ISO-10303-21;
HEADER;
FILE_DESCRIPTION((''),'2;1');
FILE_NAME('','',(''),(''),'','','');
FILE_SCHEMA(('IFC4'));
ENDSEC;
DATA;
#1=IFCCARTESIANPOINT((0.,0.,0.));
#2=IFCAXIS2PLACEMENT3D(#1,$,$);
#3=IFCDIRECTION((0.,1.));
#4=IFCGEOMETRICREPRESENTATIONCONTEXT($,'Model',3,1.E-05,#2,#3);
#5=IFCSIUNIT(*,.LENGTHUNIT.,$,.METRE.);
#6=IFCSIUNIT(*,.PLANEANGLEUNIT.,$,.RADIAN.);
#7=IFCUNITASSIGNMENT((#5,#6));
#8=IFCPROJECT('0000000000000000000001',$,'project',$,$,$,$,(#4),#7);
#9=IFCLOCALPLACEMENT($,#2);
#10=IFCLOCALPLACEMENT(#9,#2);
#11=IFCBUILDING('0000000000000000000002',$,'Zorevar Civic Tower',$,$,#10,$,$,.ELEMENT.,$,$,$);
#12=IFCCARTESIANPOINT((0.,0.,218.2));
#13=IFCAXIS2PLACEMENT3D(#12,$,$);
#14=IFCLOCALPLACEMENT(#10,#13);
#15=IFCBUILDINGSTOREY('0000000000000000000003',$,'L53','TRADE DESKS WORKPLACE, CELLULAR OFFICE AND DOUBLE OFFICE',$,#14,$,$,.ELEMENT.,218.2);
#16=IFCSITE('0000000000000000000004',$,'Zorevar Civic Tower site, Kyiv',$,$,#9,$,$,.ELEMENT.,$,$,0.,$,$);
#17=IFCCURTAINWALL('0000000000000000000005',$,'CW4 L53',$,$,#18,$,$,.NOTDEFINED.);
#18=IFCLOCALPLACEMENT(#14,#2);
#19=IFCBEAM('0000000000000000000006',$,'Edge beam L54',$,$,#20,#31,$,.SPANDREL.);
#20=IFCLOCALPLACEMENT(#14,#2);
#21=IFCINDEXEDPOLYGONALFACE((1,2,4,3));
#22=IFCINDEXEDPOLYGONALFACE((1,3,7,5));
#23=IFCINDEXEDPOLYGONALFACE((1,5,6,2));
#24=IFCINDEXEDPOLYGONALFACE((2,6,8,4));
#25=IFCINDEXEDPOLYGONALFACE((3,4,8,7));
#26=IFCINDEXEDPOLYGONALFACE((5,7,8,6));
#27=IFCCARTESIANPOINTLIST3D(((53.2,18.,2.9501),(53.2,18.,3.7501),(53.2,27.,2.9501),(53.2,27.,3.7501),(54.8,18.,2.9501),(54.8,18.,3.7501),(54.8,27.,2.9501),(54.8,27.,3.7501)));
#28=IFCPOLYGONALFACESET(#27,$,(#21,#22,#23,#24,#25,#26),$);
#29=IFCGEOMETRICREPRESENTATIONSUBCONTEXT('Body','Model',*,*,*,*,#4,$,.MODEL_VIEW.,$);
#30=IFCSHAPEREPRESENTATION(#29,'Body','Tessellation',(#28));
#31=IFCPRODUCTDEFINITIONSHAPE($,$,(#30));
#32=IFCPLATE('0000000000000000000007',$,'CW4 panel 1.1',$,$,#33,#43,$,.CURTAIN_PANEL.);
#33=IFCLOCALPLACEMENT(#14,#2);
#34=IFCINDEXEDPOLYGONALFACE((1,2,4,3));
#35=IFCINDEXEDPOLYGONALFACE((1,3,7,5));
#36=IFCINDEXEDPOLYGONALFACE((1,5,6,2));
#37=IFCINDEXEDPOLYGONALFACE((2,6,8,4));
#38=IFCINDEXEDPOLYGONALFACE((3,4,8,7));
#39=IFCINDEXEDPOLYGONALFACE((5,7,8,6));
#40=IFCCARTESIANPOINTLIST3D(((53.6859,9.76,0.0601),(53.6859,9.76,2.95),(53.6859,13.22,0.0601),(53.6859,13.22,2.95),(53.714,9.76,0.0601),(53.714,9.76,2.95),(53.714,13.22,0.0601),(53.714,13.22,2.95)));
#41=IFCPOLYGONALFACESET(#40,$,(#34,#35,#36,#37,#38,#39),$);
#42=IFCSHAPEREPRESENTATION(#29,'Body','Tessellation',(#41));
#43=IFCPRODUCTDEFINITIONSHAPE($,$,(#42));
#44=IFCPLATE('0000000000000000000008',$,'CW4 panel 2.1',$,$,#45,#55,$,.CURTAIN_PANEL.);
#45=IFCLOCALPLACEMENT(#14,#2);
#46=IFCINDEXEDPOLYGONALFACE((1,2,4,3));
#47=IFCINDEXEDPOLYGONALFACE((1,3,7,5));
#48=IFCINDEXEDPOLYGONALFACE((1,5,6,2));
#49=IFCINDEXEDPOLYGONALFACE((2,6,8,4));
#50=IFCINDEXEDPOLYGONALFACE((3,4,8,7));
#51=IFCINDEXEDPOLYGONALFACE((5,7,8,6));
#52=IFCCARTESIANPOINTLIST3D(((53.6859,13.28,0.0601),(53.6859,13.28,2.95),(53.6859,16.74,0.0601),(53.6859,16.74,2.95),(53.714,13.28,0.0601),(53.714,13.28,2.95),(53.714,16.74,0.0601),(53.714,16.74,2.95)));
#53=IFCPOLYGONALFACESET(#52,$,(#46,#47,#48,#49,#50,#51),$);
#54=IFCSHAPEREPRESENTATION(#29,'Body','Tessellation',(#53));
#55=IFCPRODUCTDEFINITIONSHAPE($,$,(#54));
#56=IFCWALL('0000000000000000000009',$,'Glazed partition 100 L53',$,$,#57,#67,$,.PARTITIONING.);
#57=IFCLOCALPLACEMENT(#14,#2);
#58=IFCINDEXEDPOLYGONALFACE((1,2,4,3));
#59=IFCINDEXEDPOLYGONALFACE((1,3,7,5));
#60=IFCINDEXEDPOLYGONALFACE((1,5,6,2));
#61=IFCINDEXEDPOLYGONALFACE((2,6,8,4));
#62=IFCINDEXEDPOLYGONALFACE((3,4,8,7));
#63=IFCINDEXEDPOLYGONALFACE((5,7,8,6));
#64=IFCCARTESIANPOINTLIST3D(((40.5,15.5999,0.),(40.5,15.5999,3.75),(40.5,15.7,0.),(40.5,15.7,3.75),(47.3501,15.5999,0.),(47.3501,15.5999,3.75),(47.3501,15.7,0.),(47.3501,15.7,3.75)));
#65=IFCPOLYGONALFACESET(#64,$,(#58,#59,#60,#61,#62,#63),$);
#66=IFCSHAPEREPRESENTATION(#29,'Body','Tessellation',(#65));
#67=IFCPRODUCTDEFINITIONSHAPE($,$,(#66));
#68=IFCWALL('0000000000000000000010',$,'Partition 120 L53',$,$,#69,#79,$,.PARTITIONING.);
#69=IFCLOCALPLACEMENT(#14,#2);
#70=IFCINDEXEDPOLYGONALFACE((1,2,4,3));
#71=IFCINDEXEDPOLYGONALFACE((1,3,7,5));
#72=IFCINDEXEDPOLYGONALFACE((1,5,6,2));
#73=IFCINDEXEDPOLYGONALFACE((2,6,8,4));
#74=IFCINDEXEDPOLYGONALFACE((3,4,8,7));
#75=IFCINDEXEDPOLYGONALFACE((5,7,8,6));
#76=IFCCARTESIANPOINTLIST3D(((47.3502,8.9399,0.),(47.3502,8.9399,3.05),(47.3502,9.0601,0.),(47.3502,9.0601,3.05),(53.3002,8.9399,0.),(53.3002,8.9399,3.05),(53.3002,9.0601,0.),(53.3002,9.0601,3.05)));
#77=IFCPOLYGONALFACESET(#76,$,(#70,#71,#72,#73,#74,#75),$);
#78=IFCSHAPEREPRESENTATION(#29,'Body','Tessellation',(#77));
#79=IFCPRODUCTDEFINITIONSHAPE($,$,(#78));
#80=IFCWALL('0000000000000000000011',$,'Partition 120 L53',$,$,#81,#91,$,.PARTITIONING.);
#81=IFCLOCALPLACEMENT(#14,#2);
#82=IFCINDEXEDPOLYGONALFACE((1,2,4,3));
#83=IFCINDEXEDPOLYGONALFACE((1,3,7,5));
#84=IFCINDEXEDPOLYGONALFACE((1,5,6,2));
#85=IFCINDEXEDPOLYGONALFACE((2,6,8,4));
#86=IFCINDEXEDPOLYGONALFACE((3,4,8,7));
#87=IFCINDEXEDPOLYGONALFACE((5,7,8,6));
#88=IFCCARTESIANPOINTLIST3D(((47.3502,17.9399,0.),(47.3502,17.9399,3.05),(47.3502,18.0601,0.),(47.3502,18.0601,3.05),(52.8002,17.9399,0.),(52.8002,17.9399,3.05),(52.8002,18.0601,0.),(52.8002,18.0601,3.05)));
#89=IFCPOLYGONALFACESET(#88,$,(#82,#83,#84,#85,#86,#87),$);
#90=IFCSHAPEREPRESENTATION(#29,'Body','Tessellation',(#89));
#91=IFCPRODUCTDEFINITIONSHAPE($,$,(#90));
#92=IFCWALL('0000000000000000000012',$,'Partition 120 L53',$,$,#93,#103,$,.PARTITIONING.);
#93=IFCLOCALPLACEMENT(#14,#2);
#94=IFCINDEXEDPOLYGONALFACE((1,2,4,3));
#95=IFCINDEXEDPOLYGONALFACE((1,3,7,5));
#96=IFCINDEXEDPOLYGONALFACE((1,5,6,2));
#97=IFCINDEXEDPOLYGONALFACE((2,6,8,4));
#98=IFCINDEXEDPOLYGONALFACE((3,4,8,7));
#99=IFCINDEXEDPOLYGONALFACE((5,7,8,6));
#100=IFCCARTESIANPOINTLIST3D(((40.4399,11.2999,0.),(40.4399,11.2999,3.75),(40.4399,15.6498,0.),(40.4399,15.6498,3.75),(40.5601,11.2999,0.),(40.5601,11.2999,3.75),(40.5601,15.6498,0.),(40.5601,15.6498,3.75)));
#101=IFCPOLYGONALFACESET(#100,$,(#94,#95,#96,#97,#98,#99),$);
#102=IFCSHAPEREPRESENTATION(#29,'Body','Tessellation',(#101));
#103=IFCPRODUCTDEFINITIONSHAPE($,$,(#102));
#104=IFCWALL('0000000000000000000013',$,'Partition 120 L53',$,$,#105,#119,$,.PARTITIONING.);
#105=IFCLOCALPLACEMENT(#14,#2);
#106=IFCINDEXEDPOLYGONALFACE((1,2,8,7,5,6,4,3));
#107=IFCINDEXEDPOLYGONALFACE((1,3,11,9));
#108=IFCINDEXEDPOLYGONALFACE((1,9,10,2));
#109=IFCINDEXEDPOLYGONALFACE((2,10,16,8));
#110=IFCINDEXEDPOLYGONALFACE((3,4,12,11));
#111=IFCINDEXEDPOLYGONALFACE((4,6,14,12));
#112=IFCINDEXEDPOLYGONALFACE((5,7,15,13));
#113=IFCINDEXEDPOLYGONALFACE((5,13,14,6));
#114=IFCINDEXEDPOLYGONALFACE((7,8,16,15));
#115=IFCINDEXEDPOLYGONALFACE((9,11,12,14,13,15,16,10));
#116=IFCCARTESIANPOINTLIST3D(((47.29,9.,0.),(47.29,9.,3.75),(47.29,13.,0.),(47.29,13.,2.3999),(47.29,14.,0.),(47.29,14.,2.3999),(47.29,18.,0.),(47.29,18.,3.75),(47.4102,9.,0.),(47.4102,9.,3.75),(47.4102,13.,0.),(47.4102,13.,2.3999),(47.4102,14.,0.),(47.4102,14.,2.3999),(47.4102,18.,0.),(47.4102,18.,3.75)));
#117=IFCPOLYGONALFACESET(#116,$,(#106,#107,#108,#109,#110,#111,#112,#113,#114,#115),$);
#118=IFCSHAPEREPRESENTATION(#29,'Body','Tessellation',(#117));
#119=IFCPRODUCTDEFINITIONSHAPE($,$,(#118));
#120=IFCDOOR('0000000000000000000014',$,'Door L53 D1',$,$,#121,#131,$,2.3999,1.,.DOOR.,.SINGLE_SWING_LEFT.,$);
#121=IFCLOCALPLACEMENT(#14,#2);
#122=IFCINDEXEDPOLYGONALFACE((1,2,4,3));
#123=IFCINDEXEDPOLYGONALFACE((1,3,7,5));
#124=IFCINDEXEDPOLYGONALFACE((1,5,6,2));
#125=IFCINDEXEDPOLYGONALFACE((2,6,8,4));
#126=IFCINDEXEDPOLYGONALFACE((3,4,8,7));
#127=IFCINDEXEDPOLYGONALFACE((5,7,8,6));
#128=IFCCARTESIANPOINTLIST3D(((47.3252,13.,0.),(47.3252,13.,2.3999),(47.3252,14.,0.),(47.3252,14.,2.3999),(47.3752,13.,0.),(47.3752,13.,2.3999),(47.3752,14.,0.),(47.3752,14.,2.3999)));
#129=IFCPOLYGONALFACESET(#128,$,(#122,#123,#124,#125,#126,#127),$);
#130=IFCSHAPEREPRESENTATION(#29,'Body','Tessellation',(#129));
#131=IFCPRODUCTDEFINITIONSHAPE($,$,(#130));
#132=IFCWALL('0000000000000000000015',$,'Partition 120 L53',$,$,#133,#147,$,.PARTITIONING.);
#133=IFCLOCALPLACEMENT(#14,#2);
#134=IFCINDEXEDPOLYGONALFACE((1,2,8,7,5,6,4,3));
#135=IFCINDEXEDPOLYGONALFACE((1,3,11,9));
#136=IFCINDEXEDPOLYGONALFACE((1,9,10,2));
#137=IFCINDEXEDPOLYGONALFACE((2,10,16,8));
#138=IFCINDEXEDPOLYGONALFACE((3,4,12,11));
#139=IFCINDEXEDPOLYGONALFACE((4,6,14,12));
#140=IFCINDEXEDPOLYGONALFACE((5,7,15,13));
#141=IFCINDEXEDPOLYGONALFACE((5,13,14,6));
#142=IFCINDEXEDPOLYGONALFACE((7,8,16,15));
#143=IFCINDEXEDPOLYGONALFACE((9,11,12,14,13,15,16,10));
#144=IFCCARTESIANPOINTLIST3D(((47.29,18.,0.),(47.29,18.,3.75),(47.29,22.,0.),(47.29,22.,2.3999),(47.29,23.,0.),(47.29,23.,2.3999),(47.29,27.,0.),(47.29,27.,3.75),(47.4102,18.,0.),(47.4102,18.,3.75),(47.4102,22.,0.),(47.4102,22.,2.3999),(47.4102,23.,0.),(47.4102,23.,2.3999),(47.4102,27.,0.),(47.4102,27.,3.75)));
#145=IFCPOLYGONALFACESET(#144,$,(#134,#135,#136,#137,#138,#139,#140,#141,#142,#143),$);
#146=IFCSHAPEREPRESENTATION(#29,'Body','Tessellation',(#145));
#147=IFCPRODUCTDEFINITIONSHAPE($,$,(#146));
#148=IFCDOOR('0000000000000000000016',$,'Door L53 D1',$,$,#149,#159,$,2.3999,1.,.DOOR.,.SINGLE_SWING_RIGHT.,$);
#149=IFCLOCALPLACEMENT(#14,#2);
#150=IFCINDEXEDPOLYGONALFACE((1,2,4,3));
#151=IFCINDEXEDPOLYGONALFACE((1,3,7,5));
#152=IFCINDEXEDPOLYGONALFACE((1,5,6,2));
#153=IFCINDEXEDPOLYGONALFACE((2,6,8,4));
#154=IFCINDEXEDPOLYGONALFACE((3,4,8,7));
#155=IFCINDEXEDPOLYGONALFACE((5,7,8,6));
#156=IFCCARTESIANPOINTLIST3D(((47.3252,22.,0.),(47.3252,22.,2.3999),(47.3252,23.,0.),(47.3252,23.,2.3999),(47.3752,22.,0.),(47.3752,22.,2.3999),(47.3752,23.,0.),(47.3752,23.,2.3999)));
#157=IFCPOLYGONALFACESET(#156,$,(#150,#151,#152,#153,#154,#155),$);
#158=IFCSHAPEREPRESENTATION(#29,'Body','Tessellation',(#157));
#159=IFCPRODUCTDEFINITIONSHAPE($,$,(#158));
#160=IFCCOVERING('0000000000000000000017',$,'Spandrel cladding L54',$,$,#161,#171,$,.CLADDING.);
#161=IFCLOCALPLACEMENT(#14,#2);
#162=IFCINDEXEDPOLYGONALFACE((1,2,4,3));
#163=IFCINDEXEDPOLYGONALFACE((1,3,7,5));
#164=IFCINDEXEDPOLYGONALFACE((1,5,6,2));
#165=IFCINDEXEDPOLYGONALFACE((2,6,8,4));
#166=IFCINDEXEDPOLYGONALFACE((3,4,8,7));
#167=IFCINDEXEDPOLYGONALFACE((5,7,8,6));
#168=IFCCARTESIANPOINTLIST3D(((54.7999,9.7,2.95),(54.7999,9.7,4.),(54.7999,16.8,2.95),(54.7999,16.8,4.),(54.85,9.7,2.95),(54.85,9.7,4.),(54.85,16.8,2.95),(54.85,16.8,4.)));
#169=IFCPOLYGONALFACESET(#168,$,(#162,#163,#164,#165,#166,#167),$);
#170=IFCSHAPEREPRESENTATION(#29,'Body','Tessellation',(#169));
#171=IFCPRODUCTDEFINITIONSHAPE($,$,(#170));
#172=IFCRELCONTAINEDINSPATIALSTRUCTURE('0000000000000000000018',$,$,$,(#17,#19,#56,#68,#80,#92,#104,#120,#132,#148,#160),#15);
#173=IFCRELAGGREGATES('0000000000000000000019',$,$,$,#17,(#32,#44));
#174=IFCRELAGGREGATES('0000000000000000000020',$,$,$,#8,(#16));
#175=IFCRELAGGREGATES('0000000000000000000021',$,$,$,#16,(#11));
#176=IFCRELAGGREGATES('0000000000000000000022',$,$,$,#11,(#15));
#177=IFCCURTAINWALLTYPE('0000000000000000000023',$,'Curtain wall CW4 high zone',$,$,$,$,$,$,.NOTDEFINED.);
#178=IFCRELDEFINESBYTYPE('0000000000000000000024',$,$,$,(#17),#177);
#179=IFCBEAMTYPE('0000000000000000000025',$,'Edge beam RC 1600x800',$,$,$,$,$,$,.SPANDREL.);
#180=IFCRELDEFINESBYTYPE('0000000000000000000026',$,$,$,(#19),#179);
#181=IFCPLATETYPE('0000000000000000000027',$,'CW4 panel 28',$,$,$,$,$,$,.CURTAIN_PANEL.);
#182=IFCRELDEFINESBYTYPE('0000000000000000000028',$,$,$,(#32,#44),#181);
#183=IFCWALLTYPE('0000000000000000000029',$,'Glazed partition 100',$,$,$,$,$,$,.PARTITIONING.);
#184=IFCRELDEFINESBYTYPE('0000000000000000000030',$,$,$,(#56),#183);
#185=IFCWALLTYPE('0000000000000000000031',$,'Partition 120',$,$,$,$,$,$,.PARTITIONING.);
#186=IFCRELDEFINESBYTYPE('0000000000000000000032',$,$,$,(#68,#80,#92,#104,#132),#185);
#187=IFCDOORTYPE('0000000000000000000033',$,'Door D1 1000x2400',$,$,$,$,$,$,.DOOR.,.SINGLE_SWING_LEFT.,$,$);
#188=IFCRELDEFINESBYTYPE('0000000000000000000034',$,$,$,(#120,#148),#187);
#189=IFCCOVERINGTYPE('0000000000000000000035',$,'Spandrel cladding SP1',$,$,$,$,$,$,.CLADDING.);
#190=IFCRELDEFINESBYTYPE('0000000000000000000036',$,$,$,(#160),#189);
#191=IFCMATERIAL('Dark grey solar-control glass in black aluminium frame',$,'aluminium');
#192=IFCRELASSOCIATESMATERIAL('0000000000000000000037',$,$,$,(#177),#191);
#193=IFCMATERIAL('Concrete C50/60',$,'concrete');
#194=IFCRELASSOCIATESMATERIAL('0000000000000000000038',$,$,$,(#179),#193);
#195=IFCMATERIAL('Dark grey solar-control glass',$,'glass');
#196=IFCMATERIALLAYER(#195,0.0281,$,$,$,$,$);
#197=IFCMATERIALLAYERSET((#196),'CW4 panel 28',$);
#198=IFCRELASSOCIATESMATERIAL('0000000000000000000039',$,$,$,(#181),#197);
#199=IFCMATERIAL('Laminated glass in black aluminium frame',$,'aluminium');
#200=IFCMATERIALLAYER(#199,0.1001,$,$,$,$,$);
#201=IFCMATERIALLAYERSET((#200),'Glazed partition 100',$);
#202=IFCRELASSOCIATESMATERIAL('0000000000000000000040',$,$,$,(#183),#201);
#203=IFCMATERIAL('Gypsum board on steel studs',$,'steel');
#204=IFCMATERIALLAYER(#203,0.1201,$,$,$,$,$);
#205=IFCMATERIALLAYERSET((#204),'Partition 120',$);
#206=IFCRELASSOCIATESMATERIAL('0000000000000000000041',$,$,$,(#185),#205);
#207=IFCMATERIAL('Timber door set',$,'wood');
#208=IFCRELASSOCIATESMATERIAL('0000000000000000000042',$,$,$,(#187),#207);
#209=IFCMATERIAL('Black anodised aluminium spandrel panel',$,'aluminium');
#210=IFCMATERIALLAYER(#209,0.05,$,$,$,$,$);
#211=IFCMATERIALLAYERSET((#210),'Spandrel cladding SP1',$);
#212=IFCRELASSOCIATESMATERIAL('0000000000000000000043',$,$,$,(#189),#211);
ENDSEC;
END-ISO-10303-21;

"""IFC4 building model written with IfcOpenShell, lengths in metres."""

from ifc_helpers import new_model, si_unit, direction, frame, frame_2d, origin, origin_2d, place, context, subcontext, project, spatial, rectangle, extrude, material, layer, layer_set, material_profile, profile_set, type_object, element, fill, aggregate, save


model = new_model("IFC4")

# Units and contexts
model_context = context("Model", 3, precision=1e-05, world=origin(), true_north=direction((0.0, 1.0)))
body_context = subcontext(model_context, "Body", "Model", "MODEL_VIEW")
ifc_project = project(units=[si_unit("LENGTHUNIT", "METRE"), si_unit("PLANEANGLEUNIT", "RADIAN")], contexts=[model_context])

# Site, building, storey
site_placement = place(None, origin())
site = spatial("IfcSite", under=ifc_project, at=site_placement, Name="Zorevar Civic Tower site, Kyiv", CompositionType="ELEMENT", RefElevation=0.0)
building_placement = place(site_placement, origin())
building = spatial("IfcBuilding", under=site, at=building_placement, Name="Zorevar Civic Tower", CompositionType="ELEMENT")
storey_placement = place(building_placement, frame((0.0, 0.0, 218.2)))
storey = spatial("IfcBuildingStorey", under=building, at=storey_placement, Name="L53", Description="TRADE DESKS WORKPLACE, CELLULAR OFFICE AND DOUBLE OFFICE", CompositionType="ELEMENT", Elevation=218.2)

# Curtain wall
ifc_material_1 = material(Name="Dark grey solar-control glass in black aluminium frame", Category="aluminium")
curtain_wall_type = type_object("IfcCurtainWallType", Name="Curtain wall CW4 high zone", PredefinedType="NOTDEFINED", material=ifc_material_1)
curtain_wall_1_placement = place(storey_placement, origin())
curtain_wall_1 = element("IfcCurtainWall", 1, at=curtain_wall_1_placement, inside=storey, type_object=curtain_wall_type, Name="CW4 L53", PredefinedType="NOTDEFINED")

# Beam
ifc_material_2 = material(Name="Concrete C50/60", Category="concrete")
ifc_material_profile_1 = material_profile(ifc_material_2, rectangle(XDim=1.6001, YDim=0.8, at=origin_2d()), Name="RC 1600x800")
ifc_profile_set_1 = profile_set([ifc_material_profile_1], Name="Concrete C50/60")
beam_type_1 = type_object("IfcBeamType", Name="Edge beam RC 1600x800", PredefinedType="SPANDREL", material=ifc_profile_set_1)
for number, where, z_axis, x_axis, name in (
    (2, (54.0, 18.0, 3.3501), (0.0, 1.0, 0.0), (-1.0, 0.0, 0.0), "Edge beam L54"),
):
    element("IfcBeam", number, at=place(storey_placement, frame(where, z_axis=z_axis, x_axis=x_axis)), inside=storey, type_object=beam_type_1, Name=name, PredefinedType="SPANDREL", context=body_context, shape_type="SweptSolid", body=[
        extrude(rectangle(XDim=1.6001, YDim=0.8, at=origin_2d()), origin(), (0.0, 0.0, 1.0), 9.0),
    ])

# Plates
ifc_material_3 = material(Name="Dark grey solar-control glass", Category="glass")
ifc_layer_1 = layer(ifc_material_3, 0.0281)
ifc_layer_set_1 = layer_set([ifc_layer_1], Name="CW4 panel 28")
plate_type = type_object("IfcPlateType", Name="CW4 panel 28", PredefinedType="CURTAIN_PANEL", material=ifc_layer_set_1)
plate_1_placement = place(storey_placement, frame((53.7, 11.49, 0.0601), z_axis=(0.0, 0.0, 1.0), x_axis=(0.0, 1.0, 0.0)))
plate_1 = element("IfcPlate", 3, at=plate_1_placement, type_object=plate_type, Name="CW4 panel 1.1", PredefinedType="CURTAIN_PANEL", context=body_context, shape_type="SweptSolid", body=[
    extrude(rectangle(XDim=3.46, YDim=0.0281, at=origin_2d()), origin(), (0.0, 0.0, 1.0), 2.8899),
])
plate_2_placement = place(storey_placement, frame((53.7, 15.01, 0.0601), z_axis=(0.0, 0.0, 1.0), x_axis=(0.0, 1.0, 0.0)))
plate_2 = element("IfcPlate", 4, at=plate_2_placement, type_object=plate_type, Name="CW4 panel 2.1", PredefinedType="CURTAIN_PANEL", context=body_context, shape_type="SweptSolid", body=[
    extrude(rectangle(XDim=3.46, YDim=0.0281, at=origin_2d()), origin(), (0.0, 0.0, 1.0), 2.8899),
])
aggregate(curtain_wall_1, [plate_1, plate_2])

# Walls
ifc_material_4 = material(Name="Laminated glass in black aluminium frame", Category="aluminium")
ifc_layer_2 = layer(ifc_material_4, 0.1001)
ifc_layer_set_2 = layer_set([ifc_layer_2], Name="Glazed partition 100")
wall_type_1 = type_object("IfcWallType", Name="Glazed partition 100", PredefinedType="PARTITIONING", material=ifc_layer_set_2)
wall_1_placement = place(storey_placement, frame((40.5, 15.6499, 0.0), z_axis=(0.0, 0.0, 1.0), x_axis=(1.0, 0.0, 0.0)))
element("IfcWall", 5, at=wall_1_placement, inside=storey, type_object=wall_type_1, Name="Glazed partition 100 L53", PredefinedType="PARTITIONING", context=body_context, shape_type="SweptSolid", body=[
    extrude(rectangle(XDim=6.8501, YDim=0.1001, at=frame_2d((3.425, 0.0))), origin(), (0.0, 0.0, 1.0), 3.75),
])
ifc_material_5 = material(Name="Gypsum board on steel studs", Category="steel")
ifc_layer_3 = layer(ifc_material_5, 0.1201)
ifc_layer_set_3 = layer_set([ifc_layer_3], Name="Partition 120")
wall_type_2 = type_object("IfcWallType", Name="Partition 120", PredefinedType="PARTITIONING", material=ifc_layer_set_3)
wall_2_placement = place(storey_placement, frame((47.3501, 9.0, 0.0), z_axis=(0.0, 0.0, 1.0), x_axis=(1.0, 0.0, 0.0)))
element("IfcWall", 6, at=wall_2_placement, inside=storey, type_object=wall_type_2, Name="Partition 120 L53", PredefinedType="PARTITIONING", context=body_context, shape_type="SweptSolid", body=[
    extrude(rectangle(XDim=5.95, YDim=0.1201, at=frame_2d((2.9751, 0.0))), origin(), (0.0, 0.0, 1.0), 3.05),
])
wall_3_placement = place(storey_placement, frame((47.3501, 18.0, 0.0), z_axis=(0.0, 0.0, 1.0), x_axis=(1.0, 0.0, 0.0)))
element("IfcWall", 7, at=wall_3_placement, inside=storey, type_object=wall_type_2, Name="Partition 120 L53", PredefinedType="PARTITIONING", context=body_context, shape_type="SweptSolid", body=[
    extrude(rectangle(XDim=5.45, YDim=0.1201, at=frame_2d((2.7251, 0.0))), origin(), (0.0, 0.0, 1.0), 3.05),
])
wall_4_placement = place(storey_placement, frame((40.5, 11.3, 0.0), z_axis=(0.0, 0.0, 1.0), x_axis=(0.0, 1.0, 0.0)))
element("IfcWall", 8, at=wall_4_placement, inside=storey, type_object=wall_type_2, Name="Partition 120 L53", PredefinedType="PARTITIONING", context=body_context, shape_type="SweptSolid", body=[
    extrude(rectangle(XDim=4.3499, YDim=0.1201, at=frame_2d((2.1748, 0.0))), origin(), (0.0, 0.0, 1.0), 3.75),
])

# Walls, openings, doors
wall_5_placement = place(storey_placement, frame((47.3501, 9.0, 0.0), z_axis=(0.0, 0.0, 1.0), x_axis=(0.0, 1.0, 0.0)))
wall_5 = element("IfcWall", 9, at=wall_5_placement, inside=storey, type_object=wall_type_2, Name="Partition 120 L53", PredefinedType="PARTITIONING", context=body_context, shape_type="SweptSolid", body=[
    extrude(rectangle(XDim=9.0, YDim=0.1201, at=frame_2d((4.5, 0.0))), origin(), (0.0, 0.0, 1.0), 3.75),
])
opening_1_placement = place(wall_5_placement, frame((4.0, 0.0, 0.0)))
opening_1 = element("IfcOpeningElement", 10, at=opening_1_placement, cuts=wall_5, PredefinedType="OPENING", context=body_context, shape_type="SweptSolid", body=[
    extrude(rectangle(XDim=1.0, YDim=2.3999, at=frame_2d((0.5, 1.2))), frame((0.0, 0.0701, 0.0), z_axis=(0.0, -1.0, 0.0), x_axis=(1.0, 0.0, 0.0)), (0.0, 0.0, 1.0), 0.1401),
])
ifc_material_6 = material(Name="Timber door set", Category="wood")
door_type_1 = type_object("IfcDoorType", Name="Door D1 1000x2400", OperationType="SINGLE_SWING_LEFT", PredefinedType="DOOR", material=ifc_material_6)
door_1_placement = place(opening_1_placement, origin())
door_1 = element("IfcDoor", 11, at=door_1_placement, inside=storey, type_object=door_type_1, Name="Door L53 D1", OperationType="SINGLE_SWING_LEFT", OverallHeight=2.3999, OverallWidth=1.0, PredefinedType="DOOR", context=body_context, shape_type="SweptSolid", body=[
    extrude(rectangle(XDim=1.0, YDim=2.3999, at=frame_2d((0.5, 1.2))), frame((0.0, 0.0249, 0.0), z_axis=(0.0, -1.0, 0.0), x_axis=(1.0, 0.0, 0.0)), (0.0, 0.0, 1.0), 0.05),
])
fill(opening_1, door_1)
wall_6_placement = place(storey_placement, frame((47.3501, 18.0, 0.0), z_axis=(0.0, 0.0, 1.0), x_axis=(0.0, 1.0, 0.0)))
wall_6 = element("IfcWall", 12, at=wall_6_placement, inside=storey, type_object=wall_type_2, Name="Partition 120 L53", PredefinedType="PARTITIONING", context=body_context, shape_type="SweptSolid", body=[
    extrude(rectangle(XDim=9.0, YDim=0.1201, at=frame_2d((4.5, 0.0))), origin(), (0.0, 0.0, 1.0), 3.75),
])
opening_2_placement = place(wall_6_placement, frame((4.0, 0.0, 0.0)))
opening_2 = element("IfcOpeningElement", 13, at=opening_2_placement, cuts=wall_6, PredefinedType="OPENING", context=body_context, shape_type="SweptSolid", body=[
    extrude(rectangle(XDim=1.0, YDim=2.3999, at=frame_2d((0.5, 1.2))), frame((0.0, 0.0701, 0.0), z_axis=(0.0, -1.0, 0.0), x_axis=(1.0, 0.0, 0.0)), (0.0, 0.0, 1.0), 0.1401),
])
door_2_placement = place(opening_2_placement, origin())
door_2 = element("IfcDoor", 14, at=door_2_placement, inside=storey, type_object=door_type_1, Name="Door L53 D1", OperationType="SINGLE_SWING_RIGHT", OverallHeight=2.3999, OverallWidth=1.0, PredefinedType="DOOR", context=body_context, shape_type="SweptSolid", body=[
    extrude(rectangle(XDim=1.0, YDim=2.3999, at=frame_2d((0.5, 1.2))), frame((0.0, 0.0249, 0.0), z_axis=(0.0, -1.0, 0.0), x_axis=(1.0, 0.0, 0.0)), (0.0, 0.0, 1.0), 0.05),
])
fill(opening_2, door_2)

# Covering
ifc_material_7 = material(Name="Black anodised aluminium spandrel panel", Category="aluminium")
ifc_layer_4 = layer(ifc_material_7, 0.05)
ifc_layer_set_4 = layer_set([ifc_layer_4], Name="Spandrel cladding SP1")
covering_type = type_object("IfcCoveringType", Name="Spandrel cladding SP1", PredefinedType="CLADDING", material=ifc_layer_set_4)
covering_1_placement = place(storey_placement, frame((54.825, 9.7, 2.95), z_axis=(0.0, 0.0, 1.0), x_axis=(0.0, 1.0, 0.0)))
element("IfcCovering", 15, at=covering_1_placement, inside=storey, type_object=covering_type, Name="Spandrel cladding L54", PredefinedType="CLADDING", context=body_context, shape_type="SweptSolid", body=[
    extrude(rectangle(XDim=7.1001, YDim=0.05, at=frame_2d((3.55, 0.0))), origin(), (0.0, 0.0, 1.0), 1.05),
])

save(model, "model.ifc")
